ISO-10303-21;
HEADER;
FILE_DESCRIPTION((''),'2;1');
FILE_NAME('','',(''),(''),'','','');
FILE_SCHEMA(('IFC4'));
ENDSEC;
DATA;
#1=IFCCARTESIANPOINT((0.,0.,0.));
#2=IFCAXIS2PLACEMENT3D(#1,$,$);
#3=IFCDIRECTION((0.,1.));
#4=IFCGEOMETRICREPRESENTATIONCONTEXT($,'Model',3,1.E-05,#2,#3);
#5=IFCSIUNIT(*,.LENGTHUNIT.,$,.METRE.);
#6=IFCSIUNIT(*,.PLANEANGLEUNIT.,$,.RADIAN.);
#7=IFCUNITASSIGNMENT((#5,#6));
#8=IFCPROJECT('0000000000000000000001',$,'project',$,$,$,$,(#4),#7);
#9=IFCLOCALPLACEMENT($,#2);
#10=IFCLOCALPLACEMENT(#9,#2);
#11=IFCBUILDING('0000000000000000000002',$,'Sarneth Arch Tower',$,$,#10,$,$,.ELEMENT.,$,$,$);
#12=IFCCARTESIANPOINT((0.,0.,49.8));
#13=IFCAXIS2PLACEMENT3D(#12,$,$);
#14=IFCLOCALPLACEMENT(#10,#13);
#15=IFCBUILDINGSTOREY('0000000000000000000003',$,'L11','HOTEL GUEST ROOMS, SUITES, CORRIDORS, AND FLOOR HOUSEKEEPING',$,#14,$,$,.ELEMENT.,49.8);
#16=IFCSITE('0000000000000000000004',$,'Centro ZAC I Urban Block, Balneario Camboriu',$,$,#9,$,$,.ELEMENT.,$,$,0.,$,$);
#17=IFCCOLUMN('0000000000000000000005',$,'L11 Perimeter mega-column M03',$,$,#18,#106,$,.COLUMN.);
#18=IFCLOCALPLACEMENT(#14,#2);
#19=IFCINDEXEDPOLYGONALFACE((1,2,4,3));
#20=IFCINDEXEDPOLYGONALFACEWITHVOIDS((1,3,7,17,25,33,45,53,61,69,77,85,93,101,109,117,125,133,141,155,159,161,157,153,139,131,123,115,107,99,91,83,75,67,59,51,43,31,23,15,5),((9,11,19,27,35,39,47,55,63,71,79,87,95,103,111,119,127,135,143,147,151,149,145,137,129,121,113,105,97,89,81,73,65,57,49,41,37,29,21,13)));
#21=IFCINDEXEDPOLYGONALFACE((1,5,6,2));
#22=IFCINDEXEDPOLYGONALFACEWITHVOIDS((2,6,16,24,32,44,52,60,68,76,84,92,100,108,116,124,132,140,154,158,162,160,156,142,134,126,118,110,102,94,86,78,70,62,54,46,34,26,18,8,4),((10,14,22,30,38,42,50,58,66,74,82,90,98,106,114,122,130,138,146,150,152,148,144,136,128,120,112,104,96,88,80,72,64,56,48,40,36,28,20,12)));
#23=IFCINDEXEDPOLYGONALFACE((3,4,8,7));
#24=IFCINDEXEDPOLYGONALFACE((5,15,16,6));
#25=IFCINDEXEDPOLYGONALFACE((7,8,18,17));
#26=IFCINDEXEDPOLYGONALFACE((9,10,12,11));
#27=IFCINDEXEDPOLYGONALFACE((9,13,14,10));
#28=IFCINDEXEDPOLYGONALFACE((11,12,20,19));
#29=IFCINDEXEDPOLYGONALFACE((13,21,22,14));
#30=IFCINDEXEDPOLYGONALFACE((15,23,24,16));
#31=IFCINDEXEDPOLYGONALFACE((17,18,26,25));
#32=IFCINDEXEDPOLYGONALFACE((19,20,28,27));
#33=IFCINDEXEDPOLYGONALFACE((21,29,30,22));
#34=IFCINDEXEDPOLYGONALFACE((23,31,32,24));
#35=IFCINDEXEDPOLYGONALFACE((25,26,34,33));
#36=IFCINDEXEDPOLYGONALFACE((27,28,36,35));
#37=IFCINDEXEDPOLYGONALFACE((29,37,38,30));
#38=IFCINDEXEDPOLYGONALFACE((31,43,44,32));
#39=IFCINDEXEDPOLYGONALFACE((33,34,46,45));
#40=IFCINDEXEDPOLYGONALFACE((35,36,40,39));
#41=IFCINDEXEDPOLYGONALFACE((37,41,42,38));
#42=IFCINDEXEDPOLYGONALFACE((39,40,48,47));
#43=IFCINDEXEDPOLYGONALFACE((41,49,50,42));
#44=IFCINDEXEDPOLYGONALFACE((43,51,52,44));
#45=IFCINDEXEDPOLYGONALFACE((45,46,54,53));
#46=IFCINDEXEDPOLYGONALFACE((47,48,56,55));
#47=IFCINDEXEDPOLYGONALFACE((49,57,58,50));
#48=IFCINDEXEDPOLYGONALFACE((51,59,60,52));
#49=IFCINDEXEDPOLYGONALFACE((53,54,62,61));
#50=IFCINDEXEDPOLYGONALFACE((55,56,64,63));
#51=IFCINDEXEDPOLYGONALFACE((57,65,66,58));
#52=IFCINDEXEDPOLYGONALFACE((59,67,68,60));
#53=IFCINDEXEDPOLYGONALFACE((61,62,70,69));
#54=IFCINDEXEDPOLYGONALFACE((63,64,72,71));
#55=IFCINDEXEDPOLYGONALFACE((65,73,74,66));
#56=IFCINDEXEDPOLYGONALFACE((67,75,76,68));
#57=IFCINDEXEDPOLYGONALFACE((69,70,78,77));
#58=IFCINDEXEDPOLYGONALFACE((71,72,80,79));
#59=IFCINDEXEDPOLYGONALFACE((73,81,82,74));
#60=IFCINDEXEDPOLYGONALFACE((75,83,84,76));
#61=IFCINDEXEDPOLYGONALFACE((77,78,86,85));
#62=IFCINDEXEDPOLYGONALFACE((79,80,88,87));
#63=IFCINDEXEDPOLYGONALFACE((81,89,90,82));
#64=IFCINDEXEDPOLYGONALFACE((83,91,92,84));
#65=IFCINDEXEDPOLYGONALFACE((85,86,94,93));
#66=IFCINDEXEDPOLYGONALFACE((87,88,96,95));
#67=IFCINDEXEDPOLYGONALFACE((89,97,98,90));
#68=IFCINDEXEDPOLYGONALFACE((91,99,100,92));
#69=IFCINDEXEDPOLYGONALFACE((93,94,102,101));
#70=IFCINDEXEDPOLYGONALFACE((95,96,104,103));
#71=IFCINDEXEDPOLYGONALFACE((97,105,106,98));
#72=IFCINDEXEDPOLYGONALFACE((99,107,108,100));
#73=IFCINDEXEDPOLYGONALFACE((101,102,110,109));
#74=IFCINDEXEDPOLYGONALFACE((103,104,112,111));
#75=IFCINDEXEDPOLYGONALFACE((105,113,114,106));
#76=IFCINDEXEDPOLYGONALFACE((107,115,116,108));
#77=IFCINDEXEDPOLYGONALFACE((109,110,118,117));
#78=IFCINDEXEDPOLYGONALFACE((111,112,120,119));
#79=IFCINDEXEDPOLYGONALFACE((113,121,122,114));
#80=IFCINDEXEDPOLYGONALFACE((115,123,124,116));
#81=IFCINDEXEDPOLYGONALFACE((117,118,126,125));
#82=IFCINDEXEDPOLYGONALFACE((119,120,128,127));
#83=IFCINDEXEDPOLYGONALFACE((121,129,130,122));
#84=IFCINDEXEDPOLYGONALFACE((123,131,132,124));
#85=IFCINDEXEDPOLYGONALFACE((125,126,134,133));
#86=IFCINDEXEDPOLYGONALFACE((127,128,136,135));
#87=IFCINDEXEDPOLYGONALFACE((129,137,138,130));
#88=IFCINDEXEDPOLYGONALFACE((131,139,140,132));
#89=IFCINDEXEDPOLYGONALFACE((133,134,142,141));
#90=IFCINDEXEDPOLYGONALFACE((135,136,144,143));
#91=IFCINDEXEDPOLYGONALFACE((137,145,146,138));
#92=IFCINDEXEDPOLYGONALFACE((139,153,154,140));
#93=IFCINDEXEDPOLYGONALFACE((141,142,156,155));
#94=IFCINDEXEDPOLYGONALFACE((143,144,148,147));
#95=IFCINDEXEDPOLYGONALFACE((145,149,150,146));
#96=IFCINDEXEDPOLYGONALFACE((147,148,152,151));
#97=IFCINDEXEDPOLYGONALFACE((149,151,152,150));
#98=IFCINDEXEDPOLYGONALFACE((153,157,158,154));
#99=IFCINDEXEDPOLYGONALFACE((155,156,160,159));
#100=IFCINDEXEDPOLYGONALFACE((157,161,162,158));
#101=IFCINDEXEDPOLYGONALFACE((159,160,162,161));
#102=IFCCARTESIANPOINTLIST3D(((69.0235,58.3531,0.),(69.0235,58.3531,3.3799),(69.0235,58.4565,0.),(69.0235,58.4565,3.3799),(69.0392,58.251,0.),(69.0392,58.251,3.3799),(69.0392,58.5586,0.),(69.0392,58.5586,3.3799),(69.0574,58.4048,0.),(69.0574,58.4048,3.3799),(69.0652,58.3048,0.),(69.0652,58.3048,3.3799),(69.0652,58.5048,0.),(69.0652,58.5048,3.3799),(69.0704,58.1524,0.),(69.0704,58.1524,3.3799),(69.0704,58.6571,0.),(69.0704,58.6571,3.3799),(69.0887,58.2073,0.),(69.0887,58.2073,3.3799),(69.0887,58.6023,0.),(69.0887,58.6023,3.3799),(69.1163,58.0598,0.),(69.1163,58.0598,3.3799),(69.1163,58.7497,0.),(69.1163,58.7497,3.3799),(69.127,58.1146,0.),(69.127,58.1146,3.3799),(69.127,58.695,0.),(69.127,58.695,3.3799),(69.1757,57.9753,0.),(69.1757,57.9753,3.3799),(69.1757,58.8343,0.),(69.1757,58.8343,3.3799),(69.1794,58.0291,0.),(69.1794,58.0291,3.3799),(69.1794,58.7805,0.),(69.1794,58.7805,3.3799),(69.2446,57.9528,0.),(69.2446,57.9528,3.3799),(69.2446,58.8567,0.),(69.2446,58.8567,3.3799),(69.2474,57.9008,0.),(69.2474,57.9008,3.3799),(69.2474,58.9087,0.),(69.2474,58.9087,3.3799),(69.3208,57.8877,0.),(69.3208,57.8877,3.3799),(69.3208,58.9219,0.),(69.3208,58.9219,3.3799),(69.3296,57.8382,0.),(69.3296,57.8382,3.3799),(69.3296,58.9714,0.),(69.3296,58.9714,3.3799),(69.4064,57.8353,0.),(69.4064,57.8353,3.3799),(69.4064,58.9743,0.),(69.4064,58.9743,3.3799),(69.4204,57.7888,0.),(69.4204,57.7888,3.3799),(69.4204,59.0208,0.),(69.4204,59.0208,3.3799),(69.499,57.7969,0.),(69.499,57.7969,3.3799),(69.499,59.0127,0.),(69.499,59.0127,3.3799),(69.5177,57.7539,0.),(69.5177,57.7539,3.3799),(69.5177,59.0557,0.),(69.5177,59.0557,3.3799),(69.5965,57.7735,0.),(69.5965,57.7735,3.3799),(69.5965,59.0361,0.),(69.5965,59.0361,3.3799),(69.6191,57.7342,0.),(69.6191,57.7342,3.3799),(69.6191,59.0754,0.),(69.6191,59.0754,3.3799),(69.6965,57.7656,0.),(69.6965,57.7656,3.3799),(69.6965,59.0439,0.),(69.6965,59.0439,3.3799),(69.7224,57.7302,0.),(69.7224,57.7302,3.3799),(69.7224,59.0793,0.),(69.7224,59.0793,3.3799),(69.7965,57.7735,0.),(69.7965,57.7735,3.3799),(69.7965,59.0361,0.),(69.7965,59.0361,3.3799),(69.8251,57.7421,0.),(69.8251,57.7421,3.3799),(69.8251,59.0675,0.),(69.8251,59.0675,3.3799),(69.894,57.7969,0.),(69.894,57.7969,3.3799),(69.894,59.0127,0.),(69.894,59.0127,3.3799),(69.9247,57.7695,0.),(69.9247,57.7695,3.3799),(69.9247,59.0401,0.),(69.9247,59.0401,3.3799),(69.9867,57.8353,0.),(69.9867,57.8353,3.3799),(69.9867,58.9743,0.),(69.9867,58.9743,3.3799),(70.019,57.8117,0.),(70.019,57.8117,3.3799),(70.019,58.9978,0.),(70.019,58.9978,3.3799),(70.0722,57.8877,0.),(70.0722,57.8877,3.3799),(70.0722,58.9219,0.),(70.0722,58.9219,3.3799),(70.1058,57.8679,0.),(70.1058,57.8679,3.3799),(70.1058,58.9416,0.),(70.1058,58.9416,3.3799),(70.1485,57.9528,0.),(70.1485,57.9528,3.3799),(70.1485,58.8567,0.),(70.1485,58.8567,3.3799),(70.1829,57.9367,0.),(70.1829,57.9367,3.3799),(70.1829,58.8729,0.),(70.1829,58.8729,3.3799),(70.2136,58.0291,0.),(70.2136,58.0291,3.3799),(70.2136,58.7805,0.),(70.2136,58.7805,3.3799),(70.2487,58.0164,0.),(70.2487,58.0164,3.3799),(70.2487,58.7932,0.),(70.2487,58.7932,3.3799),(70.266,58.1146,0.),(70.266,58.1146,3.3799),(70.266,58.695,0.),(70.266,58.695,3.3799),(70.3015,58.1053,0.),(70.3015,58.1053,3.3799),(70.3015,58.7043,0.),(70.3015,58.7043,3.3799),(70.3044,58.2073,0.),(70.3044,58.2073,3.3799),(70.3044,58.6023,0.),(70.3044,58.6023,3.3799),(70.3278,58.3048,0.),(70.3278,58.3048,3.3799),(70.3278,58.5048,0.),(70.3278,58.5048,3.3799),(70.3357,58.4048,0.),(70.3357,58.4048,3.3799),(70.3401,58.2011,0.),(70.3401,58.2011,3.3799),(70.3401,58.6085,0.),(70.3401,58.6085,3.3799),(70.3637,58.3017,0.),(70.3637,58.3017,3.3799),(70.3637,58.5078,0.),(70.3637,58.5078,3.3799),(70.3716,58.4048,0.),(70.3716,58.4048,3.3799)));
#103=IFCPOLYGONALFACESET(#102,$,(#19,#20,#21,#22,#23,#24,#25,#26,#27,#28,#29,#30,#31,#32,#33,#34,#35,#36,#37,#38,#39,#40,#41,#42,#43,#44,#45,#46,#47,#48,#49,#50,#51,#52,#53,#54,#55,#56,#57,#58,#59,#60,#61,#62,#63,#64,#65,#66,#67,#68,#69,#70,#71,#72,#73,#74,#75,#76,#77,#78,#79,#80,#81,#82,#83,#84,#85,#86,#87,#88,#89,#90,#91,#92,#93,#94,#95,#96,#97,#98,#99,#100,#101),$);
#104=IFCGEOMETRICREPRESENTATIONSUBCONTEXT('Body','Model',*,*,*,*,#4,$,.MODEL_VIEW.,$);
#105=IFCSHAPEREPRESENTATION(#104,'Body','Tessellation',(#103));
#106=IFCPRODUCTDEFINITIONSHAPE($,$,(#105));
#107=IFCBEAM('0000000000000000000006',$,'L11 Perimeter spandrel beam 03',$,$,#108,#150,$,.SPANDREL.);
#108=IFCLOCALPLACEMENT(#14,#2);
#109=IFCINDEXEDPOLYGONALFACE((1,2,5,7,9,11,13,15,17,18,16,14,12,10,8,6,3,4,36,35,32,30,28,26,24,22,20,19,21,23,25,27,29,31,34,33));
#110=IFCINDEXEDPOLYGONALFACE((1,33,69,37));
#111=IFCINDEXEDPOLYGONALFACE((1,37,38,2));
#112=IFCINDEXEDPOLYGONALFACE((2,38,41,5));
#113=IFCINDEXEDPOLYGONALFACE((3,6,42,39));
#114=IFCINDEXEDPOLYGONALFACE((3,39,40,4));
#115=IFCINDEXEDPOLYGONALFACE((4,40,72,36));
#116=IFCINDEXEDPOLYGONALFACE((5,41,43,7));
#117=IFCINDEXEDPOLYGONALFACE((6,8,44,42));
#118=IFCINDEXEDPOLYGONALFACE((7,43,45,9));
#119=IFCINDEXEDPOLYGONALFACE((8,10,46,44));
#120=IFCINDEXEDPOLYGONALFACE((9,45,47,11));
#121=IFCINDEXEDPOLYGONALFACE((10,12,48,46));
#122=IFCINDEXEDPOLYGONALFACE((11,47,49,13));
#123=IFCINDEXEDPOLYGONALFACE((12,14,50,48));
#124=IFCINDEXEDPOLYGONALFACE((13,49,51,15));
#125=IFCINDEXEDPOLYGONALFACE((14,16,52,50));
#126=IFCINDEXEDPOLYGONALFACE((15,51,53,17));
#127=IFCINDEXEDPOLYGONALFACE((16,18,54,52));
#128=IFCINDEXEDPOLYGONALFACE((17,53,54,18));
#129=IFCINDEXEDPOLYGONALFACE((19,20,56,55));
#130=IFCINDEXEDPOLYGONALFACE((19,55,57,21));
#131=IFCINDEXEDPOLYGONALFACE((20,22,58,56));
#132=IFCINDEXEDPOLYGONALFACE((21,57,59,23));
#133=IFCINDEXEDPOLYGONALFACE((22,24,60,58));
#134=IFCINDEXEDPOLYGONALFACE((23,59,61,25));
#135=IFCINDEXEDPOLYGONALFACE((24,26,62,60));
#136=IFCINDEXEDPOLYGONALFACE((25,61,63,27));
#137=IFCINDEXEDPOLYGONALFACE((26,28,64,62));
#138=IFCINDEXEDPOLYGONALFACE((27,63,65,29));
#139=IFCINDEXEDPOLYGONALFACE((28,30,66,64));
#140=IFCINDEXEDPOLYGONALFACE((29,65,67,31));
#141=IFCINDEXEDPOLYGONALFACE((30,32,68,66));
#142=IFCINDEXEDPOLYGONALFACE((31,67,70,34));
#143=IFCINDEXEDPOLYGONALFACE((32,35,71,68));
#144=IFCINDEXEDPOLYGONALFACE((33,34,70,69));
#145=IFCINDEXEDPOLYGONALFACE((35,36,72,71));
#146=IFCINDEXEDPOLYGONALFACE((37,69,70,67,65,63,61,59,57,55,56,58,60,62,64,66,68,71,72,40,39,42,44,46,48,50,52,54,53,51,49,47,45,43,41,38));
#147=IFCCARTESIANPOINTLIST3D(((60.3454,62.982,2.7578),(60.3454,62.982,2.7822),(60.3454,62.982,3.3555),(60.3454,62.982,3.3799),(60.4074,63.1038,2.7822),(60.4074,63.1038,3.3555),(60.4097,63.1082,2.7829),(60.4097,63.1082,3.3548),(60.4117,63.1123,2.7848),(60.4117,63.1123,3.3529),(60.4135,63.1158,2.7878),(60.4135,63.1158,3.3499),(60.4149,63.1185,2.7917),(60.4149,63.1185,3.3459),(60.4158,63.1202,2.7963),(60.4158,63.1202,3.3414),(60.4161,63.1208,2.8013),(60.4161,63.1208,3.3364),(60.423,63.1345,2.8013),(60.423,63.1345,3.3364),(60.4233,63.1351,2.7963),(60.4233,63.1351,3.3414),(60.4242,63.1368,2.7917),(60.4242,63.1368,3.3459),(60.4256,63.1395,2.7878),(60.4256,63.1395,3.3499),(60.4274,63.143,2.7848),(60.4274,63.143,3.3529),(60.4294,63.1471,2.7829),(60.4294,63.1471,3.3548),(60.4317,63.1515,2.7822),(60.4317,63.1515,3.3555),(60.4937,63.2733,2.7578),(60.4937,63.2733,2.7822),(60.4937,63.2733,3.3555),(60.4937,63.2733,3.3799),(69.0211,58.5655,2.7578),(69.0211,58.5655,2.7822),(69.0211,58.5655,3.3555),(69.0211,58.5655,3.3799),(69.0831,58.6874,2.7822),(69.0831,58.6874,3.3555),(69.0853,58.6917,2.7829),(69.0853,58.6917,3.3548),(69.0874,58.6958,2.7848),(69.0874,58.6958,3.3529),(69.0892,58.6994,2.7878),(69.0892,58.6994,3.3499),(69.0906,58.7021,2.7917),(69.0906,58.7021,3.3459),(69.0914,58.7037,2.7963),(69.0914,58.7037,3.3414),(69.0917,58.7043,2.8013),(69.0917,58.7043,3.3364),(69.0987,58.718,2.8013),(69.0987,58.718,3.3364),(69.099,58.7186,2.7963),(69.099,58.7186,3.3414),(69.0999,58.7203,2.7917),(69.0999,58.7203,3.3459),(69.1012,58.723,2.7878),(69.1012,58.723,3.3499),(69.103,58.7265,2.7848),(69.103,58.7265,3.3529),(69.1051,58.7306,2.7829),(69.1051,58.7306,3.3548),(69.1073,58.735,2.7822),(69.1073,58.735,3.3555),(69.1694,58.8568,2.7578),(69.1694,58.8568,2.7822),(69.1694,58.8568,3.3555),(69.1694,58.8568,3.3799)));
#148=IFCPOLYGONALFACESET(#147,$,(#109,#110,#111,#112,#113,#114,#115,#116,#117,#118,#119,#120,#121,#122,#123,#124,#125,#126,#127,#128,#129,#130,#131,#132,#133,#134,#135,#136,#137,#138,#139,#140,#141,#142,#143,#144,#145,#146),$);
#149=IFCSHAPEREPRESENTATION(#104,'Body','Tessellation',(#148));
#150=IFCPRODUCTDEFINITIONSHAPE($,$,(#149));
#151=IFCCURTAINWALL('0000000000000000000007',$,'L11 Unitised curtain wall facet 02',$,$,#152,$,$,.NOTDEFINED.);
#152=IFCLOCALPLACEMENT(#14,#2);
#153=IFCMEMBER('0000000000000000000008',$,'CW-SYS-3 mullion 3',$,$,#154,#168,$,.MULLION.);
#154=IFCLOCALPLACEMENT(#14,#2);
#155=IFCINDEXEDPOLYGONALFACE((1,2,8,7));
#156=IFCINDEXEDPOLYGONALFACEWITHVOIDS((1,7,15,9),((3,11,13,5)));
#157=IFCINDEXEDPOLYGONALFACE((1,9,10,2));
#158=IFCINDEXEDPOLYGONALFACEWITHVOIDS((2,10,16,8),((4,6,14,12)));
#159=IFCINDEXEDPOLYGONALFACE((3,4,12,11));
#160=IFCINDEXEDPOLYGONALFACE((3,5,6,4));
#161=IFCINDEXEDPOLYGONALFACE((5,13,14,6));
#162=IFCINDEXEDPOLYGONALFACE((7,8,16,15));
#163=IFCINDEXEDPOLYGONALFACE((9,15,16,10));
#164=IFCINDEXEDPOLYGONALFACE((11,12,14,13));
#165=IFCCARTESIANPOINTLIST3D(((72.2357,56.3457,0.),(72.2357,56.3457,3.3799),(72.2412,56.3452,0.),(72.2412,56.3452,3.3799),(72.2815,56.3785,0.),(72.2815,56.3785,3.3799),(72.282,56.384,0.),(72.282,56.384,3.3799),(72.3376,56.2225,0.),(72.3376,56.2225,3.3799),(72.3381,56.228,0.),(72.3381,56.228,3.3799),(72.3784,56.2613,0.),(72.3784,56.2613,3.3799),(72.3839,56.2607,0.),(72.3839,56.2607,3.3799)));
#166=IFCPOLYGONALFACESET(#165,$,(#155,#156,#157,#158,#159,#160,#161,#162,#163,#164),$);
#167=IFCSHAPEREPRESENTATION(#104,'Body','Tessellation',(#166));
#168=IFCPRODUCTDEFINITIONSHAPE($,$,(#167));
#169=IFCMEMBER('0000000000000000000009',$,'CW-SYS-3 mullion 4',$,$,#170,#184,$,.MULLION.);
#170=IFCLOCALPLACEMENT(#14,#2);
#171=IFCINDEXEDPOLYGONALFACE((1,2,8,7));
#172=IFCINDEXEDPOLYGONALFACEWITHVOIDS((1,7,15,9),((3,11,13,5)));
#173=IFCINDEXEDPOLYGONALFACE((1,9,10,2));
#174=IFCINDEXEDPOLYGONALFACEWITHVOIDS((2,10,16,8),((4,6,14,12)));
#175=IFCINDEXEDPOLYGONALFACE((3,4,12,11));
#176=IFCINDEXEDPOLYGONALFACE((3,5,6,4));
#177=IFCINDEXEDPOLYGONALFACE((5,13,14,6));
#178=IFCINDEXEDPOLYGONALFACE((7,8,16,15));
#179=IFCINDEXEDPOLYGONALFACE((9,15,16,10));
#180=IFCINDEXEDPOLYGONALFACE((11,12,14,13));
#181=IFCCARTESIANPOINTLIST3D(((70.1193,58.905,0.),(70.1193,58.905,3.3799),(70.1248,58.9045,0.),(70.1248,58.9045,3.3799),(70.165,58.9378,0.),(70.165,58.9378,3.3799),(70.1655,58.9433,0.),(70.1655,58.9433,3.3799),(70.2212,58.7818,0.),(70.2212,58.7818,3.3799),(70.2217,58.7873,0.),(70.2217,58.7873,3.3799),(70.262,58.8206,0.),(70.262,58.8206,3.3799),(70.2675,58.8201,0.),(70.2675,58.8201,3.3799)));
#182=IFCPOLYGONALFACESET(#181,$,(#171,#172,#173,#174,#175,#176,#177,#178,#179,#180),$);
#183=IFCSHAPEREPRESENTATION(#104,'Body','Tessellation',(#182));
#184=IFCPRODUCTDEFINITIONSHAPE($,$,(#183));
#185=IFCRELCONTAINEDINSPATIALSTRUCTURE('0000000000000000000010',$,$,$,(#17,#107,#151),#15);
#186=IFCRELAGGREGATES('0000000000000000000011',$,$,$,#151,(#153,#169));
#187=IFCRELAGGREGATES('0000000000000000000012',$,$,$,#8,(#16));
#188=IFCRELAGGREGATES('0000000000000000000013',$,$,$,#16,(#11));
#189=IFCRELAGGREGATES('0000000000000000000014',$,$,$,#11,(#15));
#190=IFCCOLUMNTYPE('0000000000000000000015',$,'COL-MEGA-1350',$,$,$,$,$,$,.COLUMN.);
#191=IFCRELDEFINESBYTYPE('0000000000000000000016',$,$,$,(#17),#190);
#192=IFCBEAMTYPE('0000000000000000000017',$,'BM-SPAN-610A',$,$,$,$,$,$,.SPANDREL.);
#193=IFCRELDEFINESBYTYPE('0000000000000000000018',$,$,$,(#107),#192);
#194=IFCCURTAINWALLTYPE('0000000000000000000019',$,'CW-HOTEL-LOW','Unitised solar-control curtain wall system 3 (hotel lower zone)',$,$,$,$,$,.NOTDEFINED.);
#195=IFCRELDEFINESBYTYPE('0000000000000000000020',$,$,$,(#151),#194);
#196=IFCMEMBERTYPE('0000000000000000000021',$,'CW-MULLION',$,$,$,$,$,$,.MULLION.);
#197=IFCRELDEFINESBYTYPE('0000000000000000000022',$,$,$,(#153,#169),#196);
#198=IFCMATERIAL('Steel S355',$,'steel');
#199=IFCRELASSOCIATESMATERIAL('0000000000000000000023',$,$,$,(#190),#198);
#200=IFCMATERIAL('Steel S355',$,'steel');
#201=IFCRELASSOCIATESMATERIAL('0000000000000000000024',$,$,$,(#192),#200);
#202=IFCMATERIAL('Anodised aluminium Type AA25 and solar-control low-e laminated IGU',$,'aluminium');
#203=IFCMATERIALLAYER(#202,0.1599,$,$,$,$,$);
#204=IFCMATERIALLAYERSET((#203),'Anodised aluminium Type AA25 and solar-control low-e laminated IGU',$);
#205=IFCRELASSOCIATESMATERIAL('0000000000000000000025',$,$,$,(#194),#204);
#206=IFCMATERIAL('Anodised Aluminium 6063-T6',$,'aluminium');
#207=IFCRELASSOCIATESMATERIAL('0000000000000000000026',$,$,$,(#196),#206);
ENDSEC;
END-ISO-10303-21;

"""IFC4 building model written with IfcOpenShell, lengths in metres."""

from ifc_helpers import new_model, si_unit, direction, frame, origin, origin_2d, place, context, subcontext, project, spatial, hollow_rectangle, hollow_circle, i_section, extrude, material, layer, layer_set, material_profile, profile_set, type_object, element, aggregate, save


model = new_model("IFC4")

# Units and contexts
model_context = context("Model", 3, precision=1e-05, world=origin(), true_north=direction((0.0, 1.0)))
body_context = subcontext(model_context, "Body", "Model", "MODEL_VIEW")
ifc_project = project(units=[si_unit("LENGTHUNIT", "METRE"), si_unit("PLANEANGLEUNIT", "RADIAN")], contexts=[model_context])

# Site, building, storey
site_placement = place(None, origin())
site = spatial("IfcSite", under=ifc_project, at=site_placement, Name="Centro ZAC I Urban Block, Balneario Camboriu", CompositionType="ELEMENT", RefElevation=0.0)
building_placement = place(site_placement, origin())
building = spatial("IfcBuilding", under=site, at=building_placement, Name="Sarneth Arch Tower", CompositionType="ELEMENT")
storey_placement = place(building_placement, frame((0.0, 0.0, 49.8)))
storey = spatial("IfcBuildingStorey", under=building, at=storey_placement, Name="L11", Description="HOTEL GUEST ROOMS, SUITES, CORRIDORS, AND FLOOR HOUSEKEEPING", CompositionType="ELEMENT", Elevation=49.8)

# Column
ifc_material_1 = material(Name="Steel S355", Category="steel")
ifc_material_profile_1 = material_profile(ifc_material_1, hollow_circle(Radius=0.675, WallThickness=0.0359, at=origin_2d()), Name="CHS1350x36")
ifc_profile_set_1 = profile_set([ifc_material_profile_1], Name="Steel S355")
column_type = type_object("IfcColumnType", Name="COL-MEGA-1350", PredefinedType="COLUMN", material=ifc_profile_set_1)
column_placement = place(storey_placement, frame((69.6965, 58.4048, 0.0), z_axis=(0.0, 0.0, 1.0), x_axis=(1.0, 0.0, 0.0)))
element("IfcColumn", 1, at=column_placement, inside=storey, type_object=column_type, Name="L11 Perimeter mega-column M03", PredefinedType="COLUMN", context=body_context, shape_type="SweptSolid", body=[
    extrude(hollow_circle(Radius=0.675, WallThickness=0.0359, at=origin_2d()), origin(), (0.0, 0.0, 1.0), 3.3799),
])

# Beam
ifc_material_2 = material(Name="Steel S355", Category="steel")
ifc_material_profile_2 = material_profile(ifc_material_2, i_section(OverallWidth=0.3269, OverallDepth=0.6221, WebThickness=0.0154, FlangeThickness=0.0244, FilletRadius=0.019, at=origin_2d()), Name="W610x195")
ifc_profile_set_2 = profile_set([ifc_material_profile_2], Name="Steel S355")
beam_type = type_object("IfcBeamType", Name="BM-SPAN-610A", PredefinedType="SPANDREL", material=ifc_profile_set_2)
beam_placement = place(storey_placement, frame((69.0952, 58.7112, 3.0688), z_axis=(-0.891174, 0.453662, 0.0), x_axis=(-0.453662, -0.891174, 0.0)))
element("IfcBeam", 2, at=beam_placement, inside=storey, type_object=beam_type, Name="L11 Perimeter spandrel beam 03", PredefinedType="SPANDREL", context=body_context, shape_type="SweptSolid", body=[
    extrude(i_section(OverallWidth=0.3269, OverallDepth=0.6221, WebThickness=0.0154, FlangeThickness=0.0244, FilletRadius=0.019, at=origin_2d()), origin(), (0.0, 0.0, 1.0), 9.7351),
])

# Curtain wall, members
ifc_material_3 = material(Name="Anodised aluminium Type AA25 and solar-control low-e laminated IGU", Category="aluminium")
ifc_layer_1 = layer(ifc_material_3, 0.1599)
ifc_layer_set_1 = layer_set([ifc_layer_1], Name="Anodised aluminium Type AA25 and solar-control low-e laminated IGU")
curtain_wall_type = type_object("IfcCurtainWallType", Name="CW-HOTEL-LOW", Description="Unitised solar-control curtain wall system 3 (hotel lower zone)", PredefinedType="NOTDEFINED", material=ifc_layer_set_1)
curtain_wall_placement = place(storey_placement, origin())
curtain_wall = element("IfcCurtainWall", 3, at=curtain_wall_placement, inside=storey, type_object=curtain_wall_type, Name="L11 Unitised curtain wall facet 02", PredefinedType="NOTDEFINED")
ifc_material_4 = material(Name="Anodised Aluminium 6063-T6", Category="aluminium")
ifc_material_profile_3 = material_profile(ifc_material_4, hollow_rectangle(XDim=0.0601, YDim=0.1599, WallThickness=0.0039, at=origin_2d()), Name="AL-MULL-160x60x4")
ifc_profile_set_3 = profile_set([ifc_material_profile_3], Name="Anodised Aluminium 6063-T6")
member_type_1 = type_object("IfcMemberType", Name="CW-MULLION", PredefinedType="MULLION", material=ifc_profile_set_3)
member_1_placement = place(storey_placement, frame((72.3098, 56.3032, 0.0), z_axis=(0.0, 0.0, 1.0), x_axis=(-0.770623, -0.637291, 0.0)))
member_1 = element("IfcMember", 4, at=member_1_placement, type_object=member_type_1, Name="CW-SYS-3 mullion 3", PredefinedType="MULLION", context=body_context, shape_type="SweptSolid", body=[
    extrude(hollow_rectangle(XDim=0.0601, YDim=0.1599, WallThickness=0.0039, at=origin_2d()), origin(), (0.0, 0.0, 1.0), 3.3799),
])
member_2_placement = place(storey_placement, frame((70.1934, 58.8625, 0.0), z_axis=(0.0, 0.0, 1.0), x_axis=(-0.770623, -0.637291, 0.0)))
member_2 = element("IfcMember", 5, at=member_2_placement, type_object=member_type_1, Name="CW-SYS-3 mullion 4", PredefinedType="MULLION", context=body_context, shape_type="SweptSolid", body=[
    extrude(hollow_rectangle(XDim=0.0601, YDim=0.1599, WallThickness=0.0039, at=origin_2d()), origin(), (0.0, 0.0, 1.0), 3.3799),
])

aggregate(curtain_wall, [member_1, member_2])

save(model, "model.ifc")
